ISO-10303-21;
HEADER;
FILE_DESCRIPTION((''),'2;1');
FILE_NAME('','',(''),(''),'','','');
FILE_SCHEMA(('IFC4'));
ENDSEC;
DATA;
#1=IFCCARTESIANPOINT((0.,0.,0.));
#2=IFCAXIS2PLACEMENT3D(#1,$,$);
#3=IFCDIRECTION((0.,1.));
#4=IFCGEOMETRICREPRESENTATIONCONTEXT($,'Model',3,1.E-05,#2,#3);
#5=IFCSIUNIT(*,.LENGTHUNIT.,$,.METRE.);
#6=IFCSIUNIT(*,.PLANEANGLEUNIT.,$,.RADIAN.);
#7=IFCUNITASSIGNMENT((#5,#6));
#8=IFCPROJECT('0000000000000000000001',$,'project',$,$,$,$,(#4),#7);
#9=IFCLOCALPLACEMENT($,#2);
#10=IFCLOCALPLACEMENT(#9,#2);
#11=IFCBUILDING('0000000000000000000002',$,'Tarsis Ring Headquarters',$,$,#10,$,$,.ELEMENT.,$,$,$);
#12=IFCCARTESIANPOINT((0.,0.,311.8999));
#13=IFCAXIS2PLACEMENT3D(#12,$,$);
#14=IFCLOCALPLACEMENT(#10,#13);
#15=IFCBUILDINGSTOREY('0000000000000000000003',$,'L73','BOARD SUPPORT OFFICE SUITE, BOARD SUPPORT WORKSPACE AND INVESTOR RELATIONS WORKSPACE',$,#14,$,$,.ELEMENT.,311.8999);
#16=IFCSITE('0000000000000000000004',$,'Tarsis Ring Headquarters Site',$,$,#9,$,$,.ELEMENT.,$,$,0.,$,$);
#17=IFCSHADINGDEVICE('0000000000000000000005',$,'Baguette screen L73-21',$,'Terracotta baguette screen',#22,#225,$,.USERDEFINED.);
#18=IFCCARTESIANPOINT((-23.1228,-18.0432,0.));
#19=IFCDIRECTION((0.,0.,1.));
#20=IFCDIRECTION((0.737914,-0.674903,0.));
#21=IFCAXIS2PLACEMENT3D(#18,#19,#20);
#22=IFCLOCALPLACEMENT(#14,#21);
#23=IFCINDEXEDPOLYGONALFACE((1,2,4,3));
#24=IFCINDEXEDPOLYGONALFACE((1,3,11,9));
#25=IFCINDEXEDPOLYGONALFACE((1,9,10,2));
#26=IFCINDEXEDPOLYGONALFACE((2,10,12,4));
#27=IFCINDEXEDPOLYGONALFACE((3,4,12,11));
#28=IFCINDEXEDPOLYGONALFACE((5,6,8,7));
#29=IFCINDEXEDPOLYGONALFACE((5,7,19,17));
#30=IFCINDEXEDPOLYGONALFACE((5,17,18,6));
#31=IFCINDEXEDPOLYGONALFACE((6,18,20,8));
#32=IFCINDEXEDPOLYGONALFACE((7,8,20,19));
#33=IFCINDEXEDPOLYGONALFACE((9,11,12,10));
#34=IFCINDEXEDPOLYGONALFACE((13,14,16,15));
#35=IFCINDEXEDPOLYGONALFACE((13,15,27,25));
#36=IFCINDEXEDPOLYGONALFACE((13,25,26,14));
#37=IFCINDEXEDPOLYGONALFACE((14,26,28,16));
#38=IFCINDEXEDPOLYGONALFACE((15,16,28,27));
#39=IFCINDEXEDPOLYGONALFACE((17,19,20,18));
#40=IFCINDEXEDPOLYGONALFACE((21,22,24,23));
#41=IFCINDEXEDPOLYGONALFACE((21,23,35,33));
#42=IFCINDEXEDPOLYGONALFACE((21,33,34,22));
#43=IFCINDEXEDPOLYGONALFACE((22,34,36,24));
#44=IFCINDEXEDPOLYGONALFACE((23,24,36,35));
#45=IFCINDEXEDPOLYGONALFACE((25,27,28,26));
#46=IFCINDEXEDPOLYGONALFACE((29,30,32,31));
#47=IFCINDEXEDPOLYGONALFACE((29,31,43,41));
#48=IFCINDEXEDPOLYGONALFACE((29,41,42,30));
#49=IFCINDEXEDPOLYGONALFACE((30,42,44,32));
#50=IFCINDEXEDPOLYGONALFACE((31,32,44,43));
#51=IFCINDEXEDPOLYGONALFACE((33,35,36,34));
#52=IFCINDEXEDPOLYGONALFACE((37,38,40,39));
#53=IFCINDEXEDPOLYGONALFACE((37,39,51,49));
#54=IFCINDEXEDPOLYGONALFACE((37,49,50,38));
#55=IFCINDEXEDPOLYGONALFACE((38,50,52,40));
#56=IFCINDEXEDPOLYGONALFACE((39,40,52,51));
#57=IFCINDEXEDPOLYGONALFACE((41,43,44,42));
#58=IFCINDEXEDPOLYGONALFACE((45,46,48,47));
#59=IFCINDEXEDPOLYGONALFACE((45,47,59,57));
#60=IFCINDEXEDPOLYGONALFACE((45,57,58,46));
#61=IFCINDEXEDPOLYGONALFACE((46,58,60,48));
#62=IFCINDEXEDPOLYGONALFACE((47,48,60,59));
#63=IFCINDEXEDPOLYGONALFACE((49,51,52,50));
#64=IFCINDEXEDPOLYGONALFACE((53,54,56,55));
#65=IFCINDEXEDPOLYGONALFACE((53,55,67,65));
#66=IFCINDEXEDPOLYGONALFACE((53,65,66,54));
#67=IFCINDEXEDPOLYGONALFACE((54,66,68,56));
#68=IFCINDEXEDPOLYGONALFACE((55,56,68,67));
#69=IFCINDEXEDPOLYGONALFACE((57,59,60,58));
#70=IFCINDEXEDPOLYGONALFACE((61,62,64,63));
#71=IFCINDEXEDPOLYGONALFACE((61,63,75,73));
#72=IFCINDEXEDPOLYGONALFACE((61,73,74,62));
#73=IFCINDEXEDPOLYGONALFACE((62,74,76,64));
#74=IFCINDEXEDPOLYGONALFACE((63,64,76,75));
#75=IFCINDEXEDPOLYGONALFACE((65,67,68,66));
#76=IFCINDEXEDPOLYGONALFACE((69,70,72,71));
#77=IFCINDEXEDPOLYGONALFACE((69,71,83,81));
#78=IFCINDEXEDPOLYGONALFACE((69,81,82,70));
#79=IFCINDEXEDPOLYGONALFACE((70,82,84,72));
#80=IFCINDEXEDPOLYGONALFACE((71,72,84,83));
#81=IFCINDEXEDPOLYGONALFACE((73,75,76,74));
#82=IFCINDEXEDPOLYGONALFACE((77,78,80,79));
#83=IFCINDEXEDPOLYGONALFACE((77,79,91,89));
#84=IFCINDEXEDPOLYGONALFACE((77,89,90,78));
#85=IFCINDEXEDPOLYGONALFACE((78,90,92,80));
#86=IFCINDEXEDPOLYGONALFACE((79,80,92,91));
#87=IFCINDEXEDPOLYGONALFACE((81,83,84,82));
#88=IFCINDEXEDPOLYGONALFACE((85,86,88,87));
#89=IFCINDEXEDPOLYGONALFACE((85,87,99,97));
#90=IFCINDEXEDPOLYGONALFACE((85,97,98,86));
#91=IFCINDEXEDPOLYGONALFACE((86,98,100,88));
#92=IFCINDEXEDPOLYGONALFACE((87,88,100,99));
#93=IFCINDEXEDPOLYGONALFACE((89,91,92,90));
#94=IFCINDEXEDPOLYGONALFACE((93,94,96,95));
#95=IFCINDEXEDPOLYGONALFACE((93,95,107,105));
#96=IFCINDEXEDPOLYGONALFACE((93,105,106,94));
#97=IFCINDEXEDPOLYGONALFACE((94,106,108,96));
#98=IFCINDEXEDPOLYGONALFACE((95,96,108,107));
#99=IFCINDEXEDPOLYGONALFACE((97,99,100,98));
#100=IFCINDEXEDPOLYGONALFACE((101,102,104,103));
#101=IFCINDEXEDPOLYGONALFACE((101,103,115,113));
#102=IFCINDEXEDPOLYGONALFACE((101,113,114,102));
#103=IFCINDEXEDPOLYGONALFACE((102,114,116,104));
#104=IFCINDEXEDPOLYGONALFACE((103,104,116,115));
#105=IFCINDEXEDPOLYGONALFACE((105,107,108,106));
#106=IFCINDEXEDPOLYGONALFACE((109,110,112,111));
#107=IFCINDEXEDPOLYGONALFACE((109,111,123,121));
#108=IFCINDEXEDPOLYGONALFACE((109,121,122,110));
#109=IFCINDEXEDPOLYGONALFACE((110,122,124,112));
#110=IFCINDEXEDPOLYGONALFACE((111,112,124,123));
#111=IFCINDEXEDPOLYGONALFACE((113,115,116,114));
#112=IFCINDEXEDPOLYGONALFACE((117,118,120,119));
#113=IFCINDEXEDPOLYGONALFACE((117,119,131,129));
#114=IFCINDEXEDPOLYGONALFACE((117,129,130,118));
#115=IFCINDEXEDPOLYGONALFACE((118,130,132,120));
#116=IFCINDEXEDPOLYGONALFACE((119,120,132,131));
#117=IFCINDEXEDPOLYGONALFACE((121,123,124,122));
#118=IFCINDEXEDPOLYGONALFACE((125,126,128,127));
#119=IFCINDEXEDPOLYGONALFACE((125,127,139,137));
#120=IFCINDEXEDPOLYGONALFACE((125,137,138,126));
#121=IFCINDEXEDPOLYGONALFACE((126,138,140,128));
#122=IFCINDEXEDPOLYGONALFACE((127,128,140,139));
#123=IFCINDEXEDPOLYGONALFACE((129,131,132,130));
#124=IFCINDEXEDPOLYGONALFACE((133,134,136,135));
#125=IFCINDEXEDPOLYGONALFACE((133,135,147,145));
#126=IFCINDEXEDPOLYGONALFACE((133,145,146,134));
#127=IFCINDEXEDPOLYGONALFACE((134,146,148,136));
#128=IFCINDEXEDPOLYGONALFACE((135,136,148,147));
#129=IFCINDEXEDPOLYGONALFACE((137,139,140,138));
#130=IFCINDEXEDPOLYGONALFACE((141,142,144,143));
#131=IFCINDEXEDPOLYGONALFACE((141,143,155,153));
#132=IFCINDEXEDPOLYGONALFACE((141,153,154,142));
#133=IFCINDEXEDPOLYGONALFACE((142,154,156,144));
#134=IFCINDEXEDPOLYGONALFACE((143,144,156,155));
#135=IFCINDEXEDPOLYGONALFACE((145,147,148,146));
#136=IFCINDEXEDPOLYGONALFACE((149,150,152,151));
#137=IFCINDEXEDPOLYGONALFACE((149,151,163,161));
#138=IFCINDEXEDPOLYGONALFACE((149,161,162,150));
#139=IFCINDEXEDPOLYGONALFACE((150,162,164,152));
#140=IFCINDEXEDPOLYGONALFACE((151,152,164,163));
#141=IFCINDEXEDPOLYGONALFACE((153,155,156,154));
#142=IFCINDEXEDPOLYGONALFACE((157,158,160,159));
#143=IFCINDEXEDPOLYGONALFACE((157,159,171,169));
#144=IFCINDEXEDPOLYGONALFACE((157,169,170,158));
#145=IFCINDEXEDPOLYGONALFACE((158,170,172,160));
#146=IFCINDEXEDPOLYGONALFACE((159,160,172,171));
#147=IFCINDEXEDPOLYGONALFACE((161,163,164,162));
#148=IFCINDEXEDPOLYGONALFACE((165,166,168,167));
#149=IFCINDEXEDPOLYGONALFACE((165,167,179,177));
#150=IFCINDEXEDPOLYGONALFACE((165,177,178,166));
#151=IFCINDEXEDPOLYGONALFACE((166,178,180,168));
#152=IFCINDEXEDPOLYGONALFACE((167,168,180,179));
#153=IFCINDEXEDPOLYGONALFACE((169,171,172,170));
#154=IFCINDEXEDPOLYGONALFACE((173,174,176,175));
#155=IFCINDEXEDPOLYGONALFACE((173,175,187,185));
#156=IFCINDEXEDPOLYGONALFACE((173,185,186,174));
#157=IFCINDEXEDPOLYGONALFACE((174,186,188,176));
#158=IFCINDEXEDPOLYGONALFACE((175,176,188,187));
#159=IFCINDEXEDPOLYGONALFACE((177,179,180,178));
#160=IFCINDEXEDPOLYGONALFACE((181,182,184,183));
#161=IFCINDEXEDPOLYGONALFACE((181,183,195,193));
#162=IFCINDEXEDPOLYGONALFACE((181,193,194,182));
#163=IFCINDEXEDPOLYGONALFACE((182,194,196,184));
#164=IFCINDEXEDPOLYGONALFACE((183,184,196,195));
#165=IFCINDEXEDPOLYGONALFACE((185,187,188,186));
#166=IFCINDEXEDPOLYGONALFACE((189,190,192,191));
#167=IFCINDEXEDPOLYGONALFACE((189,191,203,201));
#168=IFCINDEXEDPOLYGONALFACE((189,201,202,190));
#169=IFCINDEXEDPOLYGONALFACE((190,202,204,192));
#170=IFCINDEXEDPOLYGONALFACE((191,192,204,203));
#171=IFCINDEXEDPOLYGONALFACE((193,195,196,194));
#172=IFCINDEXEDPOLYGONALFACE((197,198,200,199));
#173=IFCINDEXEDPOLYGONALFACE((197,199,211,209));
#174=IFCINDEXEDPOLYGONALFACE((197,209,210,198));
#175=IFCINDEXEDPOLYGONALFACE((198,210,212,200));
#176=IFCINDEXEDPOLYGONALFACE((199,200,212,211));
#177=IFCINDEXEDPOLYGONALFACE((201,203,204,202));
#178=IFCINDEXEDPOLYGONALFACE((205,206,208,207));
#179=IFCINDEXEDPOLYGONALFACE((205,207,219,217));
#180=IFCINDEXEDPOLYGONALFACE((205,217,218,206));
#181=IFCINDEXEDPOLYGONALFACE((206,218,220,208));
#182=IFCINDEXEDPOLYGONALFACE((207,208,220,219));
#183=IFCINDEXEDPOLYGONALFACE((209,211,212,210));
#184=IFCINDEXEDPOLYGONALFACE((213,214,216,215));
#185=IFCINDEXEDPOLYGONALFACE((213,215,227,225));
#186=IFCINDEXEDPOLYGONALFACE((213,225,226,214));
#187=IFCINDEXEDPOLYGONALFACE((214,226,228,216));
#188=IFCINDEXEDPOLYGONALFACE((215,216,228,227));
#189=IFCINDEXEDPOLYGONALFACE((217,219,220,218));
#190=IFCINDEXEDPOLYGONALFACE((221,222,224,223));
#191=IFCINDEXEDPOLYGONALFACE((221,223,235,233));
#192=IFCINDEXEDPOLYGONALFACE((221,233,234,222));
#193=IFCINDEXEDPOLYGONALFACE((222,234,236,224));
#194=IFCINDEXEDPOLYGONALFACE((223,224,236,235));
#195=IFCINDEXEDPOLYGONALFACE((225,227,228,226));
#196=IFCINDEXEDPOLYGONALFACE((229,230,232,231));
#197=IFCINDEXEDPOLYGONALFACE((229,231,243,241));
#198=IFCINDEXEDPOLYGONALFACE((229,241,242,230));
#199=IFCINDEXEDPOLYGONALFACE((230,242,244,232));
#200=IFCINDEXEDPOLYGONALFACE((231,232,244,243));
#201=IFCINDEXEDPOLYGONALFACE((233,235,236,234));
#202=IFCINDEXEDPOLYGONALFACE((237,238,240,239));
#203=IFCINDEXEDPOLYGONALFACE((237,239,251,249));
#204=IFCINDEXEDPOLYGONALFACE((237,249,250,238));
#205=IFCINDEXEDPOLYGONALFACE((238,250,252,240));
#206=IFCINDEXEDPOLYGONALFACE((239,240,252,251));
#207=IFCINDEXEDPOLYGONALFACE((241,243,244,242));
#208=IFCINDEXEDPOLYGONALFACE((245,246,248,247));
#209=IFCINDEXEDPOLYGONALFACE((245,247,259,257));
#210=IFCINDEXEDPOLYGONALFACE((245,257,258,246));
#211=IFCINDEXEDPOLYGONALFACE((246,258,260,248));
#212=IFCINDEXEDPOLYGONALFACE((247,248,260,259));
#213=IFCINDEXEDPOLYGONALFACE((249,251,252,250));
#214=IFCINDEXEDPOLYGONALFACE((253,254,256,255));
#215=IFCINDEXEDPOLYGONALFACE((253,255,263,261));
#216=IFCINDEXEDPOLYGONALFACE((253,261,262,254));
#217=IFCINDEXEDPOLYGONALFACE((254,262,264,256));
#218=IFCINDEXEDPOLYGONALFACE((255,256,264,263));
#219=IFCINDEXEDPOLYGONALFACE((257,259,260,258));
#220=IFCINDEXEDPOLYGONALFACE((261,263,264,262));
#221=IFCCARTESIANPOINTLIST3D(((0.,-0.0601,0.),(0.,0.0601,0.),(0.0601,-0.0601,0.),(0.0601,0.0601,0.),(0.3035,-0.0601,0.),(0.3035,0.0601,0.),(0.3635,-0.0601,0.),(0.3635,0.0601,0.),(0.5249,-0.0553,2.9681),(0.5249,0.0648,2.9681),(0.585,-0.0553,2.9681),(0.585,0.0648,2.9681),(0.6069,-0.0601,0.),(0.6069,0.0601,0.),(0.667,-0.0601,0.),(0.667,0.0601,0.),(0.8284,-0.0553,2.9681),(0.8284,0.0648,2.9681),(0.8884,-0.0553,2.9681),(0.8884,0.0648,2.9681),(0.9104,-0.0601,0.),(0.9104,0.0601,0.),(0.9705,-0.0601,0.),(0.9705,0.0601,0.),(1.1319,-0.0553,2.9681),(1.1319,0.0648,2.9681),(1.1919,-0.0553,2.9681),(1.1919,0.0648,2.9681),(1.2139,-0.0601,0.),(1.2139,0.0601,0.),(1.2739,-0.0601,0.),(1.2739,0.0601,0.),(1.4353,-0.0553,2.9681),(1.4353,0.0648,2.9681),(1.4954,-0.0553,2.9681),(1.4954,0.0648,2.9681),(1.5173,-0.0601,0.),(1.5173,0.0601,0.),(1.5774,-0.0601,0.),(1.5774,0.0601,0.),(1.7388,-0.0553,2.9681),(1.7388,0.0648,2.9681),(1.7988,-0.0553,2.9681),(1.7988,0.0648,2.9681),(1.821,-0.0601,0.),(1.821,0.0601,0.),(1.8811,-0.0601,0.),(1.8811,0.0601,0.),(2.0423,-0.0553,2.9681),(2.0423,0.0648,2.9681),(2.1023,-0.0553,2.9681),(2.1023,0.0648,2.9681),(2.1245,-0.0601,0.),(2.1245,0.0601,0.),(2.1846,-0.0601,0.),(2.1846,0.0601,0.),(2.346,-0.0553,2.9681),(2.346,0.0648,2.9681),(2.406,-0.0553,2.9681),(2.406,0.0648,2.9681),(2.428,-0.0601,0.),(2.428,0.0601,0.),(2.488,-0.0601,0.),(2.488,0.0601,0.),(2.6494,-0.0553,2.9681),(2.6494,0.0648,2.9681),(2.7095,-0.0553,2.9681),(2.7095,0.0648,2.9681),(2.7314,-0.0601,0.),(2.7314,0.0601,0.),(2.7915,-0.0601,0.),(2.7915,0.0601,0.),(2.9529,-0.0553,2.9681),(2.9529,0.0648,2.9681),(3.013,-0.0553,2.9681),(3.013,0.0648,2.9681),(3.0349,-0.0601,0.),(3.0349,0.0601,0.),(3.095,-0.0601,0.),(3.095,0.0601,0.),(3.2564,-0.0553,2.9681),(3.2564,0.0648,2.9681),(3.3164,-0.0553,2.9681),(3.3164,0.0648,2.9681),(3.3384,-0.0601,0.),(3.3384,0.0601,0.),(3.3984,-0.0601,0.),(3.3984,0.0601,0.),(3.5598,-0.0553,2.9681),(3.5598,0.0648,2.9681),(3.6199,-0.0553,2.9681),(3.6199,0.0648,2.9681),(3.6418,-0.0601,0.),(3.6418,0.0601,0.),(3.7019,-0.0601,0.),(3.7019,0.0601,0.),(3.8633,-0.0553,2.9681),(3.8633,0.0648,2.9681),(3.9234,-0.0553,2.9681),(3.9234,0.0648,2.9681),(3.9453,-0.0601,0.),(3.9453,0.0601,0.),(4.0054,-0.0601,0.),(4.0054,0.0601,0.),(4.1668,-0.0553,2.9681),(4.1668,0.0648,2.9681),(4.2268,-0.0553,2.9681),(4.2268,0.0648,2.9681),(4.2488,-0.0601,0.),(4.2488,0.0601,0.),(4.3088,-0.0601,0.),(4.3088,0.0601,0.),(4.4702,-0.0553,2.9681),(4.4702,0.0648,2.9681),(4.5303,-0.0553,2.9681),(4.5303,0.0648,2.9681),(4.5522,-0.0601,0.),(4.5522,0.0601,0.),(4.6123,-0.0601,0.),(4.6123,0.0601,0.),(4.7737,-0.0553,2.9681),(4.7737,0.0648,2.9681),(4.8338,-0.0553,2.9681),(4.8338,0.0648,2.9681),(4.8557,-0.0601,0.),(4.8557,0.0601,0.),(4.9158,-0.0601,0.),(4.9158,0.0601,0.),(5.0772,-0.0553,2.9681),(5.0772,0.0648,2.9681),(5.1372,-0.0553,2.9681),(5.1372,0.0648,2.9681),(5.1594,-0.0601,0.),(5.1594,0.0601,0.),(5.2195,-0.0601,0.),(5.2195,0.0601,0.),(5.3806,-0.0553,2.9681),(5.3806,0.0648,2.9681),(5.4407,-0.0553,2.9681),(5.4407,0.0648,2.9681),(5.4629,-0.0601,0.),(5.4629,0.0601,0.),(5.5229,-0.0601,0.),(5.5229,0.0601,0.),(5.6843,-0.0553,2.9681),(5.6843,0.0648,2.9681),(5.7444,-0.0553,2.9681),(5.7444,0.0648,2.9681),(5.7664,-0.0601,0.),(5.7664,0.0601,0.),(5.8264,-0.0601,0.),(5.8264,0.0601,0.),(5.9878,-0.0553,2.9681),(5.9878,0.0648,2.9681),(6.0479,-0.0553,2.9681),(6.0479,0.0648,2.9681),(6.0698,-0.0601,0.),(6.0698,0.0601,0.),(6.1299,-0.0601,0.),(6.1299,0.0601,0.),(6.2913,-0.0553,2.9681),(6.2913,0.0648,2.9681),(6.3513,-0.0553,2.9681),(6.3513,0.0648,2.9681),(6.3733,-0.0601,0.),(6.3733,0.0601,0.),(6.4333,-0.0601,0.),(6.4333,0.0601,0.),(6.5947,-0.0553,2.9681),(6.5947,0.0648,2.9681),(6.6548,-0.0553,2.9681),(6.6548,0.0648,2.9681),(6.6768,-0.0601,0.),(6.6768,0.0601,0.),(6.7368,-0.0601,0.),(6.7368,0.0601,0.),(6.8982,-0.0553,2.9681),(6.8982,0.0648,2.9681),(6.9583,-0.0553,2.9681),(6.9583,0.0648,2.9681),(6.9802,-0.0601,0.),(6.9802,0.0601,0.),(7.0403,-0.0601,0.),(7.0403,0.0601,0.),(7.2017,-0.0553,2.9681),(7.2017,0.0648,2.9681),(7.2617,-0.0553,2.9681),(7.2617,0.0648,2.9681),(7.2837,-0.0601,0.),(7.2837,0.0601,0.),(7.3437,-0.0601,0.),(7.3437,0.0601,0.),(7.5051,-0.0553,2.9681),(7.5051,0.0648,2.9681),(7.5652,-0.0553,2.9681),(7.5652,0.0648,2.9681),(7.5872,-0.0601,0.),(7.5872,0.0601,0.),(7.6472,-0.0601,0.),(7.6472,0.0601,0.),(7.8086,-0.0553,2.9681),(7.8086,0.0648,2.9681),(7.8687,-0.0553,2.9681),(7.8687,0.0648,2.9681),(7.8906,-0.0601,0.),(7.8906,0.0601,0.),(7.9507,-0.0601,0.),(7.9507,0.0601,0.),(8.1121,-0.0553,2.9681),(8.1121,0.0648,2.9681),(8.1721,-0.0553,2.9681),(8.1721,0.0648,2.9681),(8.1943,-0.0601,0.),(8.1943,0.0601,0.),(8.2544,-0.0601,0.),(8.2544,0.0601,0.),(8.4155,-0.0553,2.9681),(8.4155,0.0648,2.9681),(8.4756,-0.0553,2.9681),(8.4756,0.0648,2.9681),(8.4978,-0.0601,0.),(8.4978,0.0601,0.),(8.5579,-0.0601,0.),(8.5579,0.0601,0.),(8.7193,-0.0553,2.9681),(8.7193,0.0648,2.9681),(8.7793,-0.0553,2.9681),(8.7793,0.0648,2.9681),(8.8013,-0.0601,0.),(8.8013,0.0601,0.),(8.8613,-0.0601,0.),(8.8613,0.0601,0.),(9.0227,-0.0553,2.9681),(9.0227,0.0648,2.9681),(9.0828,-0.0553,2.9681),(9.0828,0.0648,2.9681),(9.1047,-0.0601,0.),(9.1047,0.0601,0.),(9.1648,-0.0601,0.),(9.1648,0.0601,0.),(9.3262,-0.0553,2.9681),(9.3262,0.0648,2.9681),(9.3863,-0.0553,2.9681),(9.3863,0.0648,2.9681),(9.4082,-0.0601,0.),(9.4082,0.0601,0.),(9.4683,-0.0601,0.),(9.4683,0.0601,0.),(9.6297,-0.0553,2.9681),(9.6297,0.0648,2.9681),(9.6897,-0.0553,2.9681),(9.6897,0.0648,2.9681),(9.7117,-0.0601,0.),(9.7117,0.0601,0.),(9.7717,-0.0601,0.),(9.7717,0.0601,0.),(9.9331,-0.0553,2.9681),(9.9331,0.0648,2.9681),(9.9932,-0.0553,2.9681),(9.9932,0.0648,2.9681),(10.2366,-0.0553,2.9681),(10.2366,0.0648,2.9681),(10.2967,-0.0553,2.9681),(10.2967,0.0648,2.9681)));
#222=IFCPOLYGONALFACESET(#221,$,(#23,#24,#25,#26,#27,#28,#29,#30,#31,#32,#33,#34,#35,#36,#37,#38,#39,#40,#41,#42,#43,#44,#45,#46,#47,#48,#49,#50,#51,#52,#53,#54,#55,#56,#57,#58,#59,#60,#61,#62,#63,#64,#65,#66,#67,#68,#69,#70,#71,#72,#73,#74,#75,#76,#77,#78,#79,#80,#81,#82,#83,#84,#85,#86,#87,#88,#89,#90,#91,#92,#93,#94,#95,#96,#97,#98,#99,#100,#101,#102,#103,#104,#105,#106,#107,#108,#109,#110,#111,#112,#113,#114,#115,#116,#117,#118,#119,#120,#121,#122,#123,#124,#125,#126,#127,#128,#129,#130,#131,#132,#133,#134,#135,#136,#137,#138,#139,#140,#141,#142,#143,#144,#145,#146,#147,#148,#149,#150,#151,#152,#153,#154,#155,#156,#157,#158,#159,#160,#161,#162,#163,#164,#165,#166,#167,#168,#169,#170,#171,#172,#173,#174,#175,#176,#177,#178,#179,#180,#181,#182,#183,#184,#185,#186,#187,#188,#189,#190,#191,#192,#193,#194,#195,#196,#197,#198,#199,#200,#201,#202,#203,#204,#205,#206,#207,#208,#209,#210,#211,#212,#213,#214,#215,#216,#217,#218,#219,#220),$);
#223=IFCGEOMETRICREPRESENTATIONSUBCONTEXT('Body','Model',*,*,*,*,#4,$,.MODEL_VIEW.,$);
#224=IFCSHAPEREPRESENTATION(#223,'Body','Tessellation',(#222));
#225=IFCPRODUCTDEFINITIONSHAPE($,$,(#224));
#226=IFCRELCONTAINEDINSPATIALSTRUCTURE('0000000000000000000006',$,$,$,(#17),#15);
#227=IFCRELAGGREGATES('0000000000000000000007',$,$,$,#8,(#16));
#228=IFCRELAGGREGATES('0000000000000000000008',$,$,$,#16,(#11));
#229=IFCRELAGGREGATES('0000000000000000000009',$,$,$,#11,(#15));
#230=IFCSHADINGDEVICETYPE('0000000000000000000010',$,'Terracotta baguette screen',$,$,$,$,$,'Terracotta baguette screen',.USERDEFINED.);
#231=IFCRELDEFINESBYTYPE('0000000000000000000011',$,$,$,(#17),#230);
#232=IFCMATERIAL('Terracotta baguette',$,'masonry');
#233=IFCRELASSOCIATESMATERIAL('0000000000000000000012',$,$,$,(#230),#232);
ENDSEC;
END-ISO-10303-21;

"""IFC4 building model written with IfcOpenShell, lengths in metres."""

from ifc_helpers import new_model, si_unit, direction, frame, frame_2d, origin, place, context, subcontext, project, spatial, rectangle, composite_profile, extrude, material, type_object, element, save


model = new_model("IFC4")

# Units and contexts
model_context = context("Model", 3, precision=1e-05, world=origin(), true_north=direction((0.0, 1.0)))
body_context = subcontext(model_context, "Body", "Model", "MODEL_VIEW")
ifc_project = project(units=[si_unit("LENGTHUNIT", "METRE"), si_unit("PLANEANGLEUNIT", "RADIAN")], contexts=[model_context])

# Site, building, storey
site_placement = place(None, origin())
site = spatial("IfcSite", under=ifc_project, at=site_placement, Name="Tarsis Ring Headquarters Site", CompositionType="ELEMENT", RefElevation=0.0)
building_placement = place(site_placement, origin())
building = spatial("IfcBuilding", under=site, at=building_placement, Name="Tarsis Ring Headquarters", CompositionType="ELEMENT")
storey_placement = place(building_placement, frame((0.0, 0.0, 311.8999)))
storey = spatial("IfcBuildingStorey", under=building, at=storey_placement, Name="L73", Description="BOARD SUPPORT OFFICE SUITE, BOARD SUPPORT WORKSPACE AND INVESTOR RELATIONS WORKSPACE", CompositionType="ELEMENT", Elevation=311.8999)

# Shading device
ifc_material_1 = material(Name="Terracotta baguette", Category="masonry")
shading_device_type_1 = type_object("IfcShadingDeviceType", Name="Terracotta baguette screen", ElementType="Terracotta baguette screen", PredefinedType="USERDEFINED", material=ifc_material_1)
shading_device_1_placement = place(storey_placement, frame((-23.1228, -18.0432, 0.0), z_axis=(0.0, 0.0, 1.0), x_axis=(0.737914, -0.674903, 0.0)))
element("IfcShadingDevice", 1, at=shading_device_1_placement, inside=storey, type_object=shading_device_type_1, Name="Baguette screen L73-21", ObjectType="Terracotta baguette screen", PredefinedType="USERDEFINED", context=body_context, shape_type="SweptSolid", body=[
    extrude(composite_profile([rectangle(XDim=0.0601, YDim=0.1201, at=frame_2d((0.03, 0.0))), rectangle(XDim=0.0601, YDim=0.1201, at=frame_2d((0.3335, 0.0))), rectangle(XDim=0.0601, YDim=0.1201, at=frame_2d((0.637, 0.0))), rectangle(XDim=0.0601, YDim=0.1201, at=frame_2d((0.9404, 0.0))), rectangle(XDim=0.0601, YDim=0.1201, at=frame_2d((1.2439, 0.0))), rectangle(XDim=0.0601, YDim=0.1201, at=frame_2d((1.5474, 0.0))), rectangle(XDim=0.0601, YDim=0.1201, at=frame_2d((1.8511, 0.0))), rectangle(XDim=0.0601, YDim=0.1201, at=frame_2d((2.1545, 0.0))), rectangle(XDim=0.0601, YDim=0.1201, at=frame_2d((2.458, 0.0))), rectangle(XDim=0.0601, YDim=0.1201, at=frame_2d((2.7615, 0.0))), rectangle(XDim=0.0601, YDim=0.1201, at=frame_2d((3.0649, 0.0))), rectangle(XDim=0.0601, YDim=0.1201, at=frame_2d((3.3684, 0.0))), rectangle(XDim=0.0601, YDim=0.1201, at=frame_2d((3.6719, 0.0))), rectangle(XDim=0.0601, YDim=0.1201, at=frame_2d((3.9753, 0.0))), rectangle(XDim=0.0601, YDim=0.1201, at=frame_2d((4.2788, 0.0))), rectangle(XDim=0.0601, YDim=0.1201, at=frame_2d((4.5823, 0.0))), rectangle(XDim=0.0601, YDim=0.1201, at=frame_2d((4.8857, 0.0))), rectangle(XDim=0.0601, YDim=0.1201, at=frame_2d((5.1895, 0.0))), rectangle(XDim=0.0601, YDim=0.1201, at=frame_2d((5.4929, 0.0))), rectangle(XDim=0.0601, YDim=0.1201, at=frame_2d((5.7964, 0.0))), rectangle(XDim=0.0601, YDim=0.1201, at=frame_2d((6.0999, 0.0))), rectangle(XDim=0.0601, YDim=0.1201, at=frame_2d((6.4033, 0.0))), rectangle(XDim=0.0601, YDim=0.1201, at=frame_2d((6.7068, 0.0))), rectangle(XDim=0.0601, YDim=0.1201, at=frame_2d((7.0103, 0.0))), rectangle(XDim=0.0601, YDim=0.1201, at=frame_2d((7.3137, 0.0))), rectangle(XDim=0.0601, YDim=0.1201, at=frame_2d((7.6172, 0.0))), rectangle(XDim=0.0601, YDim=0.1201, at=frame_2d((7.9207, 0.0))), rectangle(XDim=0.0601, YDim=0.1201, at=frame_2d((8.2244, 0.0))), rectangle(XDim=0.0601, YDim=0.1201, at=frame_2d((8.5278, 0.0))), rectangle(XDim=0.0601, YDim=0.1201, at=frame_2d((8.8313, 0.0))), rectangle(XDim=0.0601, YDim=0.1201, at=frame_2d((9.1348, 0.0))), rectangle(XDim=0.0601, YDim=0.1201, at=frame_2d((9.4382, 0.0))), rectangle(XDim=0.0601, YDim=0.1201, at=frame_2d((9.7417, 0.0)))]), origin(), (0.174153, 0.001585, 0.984717), 3.0142),
])

save(model, "model.ifc")
